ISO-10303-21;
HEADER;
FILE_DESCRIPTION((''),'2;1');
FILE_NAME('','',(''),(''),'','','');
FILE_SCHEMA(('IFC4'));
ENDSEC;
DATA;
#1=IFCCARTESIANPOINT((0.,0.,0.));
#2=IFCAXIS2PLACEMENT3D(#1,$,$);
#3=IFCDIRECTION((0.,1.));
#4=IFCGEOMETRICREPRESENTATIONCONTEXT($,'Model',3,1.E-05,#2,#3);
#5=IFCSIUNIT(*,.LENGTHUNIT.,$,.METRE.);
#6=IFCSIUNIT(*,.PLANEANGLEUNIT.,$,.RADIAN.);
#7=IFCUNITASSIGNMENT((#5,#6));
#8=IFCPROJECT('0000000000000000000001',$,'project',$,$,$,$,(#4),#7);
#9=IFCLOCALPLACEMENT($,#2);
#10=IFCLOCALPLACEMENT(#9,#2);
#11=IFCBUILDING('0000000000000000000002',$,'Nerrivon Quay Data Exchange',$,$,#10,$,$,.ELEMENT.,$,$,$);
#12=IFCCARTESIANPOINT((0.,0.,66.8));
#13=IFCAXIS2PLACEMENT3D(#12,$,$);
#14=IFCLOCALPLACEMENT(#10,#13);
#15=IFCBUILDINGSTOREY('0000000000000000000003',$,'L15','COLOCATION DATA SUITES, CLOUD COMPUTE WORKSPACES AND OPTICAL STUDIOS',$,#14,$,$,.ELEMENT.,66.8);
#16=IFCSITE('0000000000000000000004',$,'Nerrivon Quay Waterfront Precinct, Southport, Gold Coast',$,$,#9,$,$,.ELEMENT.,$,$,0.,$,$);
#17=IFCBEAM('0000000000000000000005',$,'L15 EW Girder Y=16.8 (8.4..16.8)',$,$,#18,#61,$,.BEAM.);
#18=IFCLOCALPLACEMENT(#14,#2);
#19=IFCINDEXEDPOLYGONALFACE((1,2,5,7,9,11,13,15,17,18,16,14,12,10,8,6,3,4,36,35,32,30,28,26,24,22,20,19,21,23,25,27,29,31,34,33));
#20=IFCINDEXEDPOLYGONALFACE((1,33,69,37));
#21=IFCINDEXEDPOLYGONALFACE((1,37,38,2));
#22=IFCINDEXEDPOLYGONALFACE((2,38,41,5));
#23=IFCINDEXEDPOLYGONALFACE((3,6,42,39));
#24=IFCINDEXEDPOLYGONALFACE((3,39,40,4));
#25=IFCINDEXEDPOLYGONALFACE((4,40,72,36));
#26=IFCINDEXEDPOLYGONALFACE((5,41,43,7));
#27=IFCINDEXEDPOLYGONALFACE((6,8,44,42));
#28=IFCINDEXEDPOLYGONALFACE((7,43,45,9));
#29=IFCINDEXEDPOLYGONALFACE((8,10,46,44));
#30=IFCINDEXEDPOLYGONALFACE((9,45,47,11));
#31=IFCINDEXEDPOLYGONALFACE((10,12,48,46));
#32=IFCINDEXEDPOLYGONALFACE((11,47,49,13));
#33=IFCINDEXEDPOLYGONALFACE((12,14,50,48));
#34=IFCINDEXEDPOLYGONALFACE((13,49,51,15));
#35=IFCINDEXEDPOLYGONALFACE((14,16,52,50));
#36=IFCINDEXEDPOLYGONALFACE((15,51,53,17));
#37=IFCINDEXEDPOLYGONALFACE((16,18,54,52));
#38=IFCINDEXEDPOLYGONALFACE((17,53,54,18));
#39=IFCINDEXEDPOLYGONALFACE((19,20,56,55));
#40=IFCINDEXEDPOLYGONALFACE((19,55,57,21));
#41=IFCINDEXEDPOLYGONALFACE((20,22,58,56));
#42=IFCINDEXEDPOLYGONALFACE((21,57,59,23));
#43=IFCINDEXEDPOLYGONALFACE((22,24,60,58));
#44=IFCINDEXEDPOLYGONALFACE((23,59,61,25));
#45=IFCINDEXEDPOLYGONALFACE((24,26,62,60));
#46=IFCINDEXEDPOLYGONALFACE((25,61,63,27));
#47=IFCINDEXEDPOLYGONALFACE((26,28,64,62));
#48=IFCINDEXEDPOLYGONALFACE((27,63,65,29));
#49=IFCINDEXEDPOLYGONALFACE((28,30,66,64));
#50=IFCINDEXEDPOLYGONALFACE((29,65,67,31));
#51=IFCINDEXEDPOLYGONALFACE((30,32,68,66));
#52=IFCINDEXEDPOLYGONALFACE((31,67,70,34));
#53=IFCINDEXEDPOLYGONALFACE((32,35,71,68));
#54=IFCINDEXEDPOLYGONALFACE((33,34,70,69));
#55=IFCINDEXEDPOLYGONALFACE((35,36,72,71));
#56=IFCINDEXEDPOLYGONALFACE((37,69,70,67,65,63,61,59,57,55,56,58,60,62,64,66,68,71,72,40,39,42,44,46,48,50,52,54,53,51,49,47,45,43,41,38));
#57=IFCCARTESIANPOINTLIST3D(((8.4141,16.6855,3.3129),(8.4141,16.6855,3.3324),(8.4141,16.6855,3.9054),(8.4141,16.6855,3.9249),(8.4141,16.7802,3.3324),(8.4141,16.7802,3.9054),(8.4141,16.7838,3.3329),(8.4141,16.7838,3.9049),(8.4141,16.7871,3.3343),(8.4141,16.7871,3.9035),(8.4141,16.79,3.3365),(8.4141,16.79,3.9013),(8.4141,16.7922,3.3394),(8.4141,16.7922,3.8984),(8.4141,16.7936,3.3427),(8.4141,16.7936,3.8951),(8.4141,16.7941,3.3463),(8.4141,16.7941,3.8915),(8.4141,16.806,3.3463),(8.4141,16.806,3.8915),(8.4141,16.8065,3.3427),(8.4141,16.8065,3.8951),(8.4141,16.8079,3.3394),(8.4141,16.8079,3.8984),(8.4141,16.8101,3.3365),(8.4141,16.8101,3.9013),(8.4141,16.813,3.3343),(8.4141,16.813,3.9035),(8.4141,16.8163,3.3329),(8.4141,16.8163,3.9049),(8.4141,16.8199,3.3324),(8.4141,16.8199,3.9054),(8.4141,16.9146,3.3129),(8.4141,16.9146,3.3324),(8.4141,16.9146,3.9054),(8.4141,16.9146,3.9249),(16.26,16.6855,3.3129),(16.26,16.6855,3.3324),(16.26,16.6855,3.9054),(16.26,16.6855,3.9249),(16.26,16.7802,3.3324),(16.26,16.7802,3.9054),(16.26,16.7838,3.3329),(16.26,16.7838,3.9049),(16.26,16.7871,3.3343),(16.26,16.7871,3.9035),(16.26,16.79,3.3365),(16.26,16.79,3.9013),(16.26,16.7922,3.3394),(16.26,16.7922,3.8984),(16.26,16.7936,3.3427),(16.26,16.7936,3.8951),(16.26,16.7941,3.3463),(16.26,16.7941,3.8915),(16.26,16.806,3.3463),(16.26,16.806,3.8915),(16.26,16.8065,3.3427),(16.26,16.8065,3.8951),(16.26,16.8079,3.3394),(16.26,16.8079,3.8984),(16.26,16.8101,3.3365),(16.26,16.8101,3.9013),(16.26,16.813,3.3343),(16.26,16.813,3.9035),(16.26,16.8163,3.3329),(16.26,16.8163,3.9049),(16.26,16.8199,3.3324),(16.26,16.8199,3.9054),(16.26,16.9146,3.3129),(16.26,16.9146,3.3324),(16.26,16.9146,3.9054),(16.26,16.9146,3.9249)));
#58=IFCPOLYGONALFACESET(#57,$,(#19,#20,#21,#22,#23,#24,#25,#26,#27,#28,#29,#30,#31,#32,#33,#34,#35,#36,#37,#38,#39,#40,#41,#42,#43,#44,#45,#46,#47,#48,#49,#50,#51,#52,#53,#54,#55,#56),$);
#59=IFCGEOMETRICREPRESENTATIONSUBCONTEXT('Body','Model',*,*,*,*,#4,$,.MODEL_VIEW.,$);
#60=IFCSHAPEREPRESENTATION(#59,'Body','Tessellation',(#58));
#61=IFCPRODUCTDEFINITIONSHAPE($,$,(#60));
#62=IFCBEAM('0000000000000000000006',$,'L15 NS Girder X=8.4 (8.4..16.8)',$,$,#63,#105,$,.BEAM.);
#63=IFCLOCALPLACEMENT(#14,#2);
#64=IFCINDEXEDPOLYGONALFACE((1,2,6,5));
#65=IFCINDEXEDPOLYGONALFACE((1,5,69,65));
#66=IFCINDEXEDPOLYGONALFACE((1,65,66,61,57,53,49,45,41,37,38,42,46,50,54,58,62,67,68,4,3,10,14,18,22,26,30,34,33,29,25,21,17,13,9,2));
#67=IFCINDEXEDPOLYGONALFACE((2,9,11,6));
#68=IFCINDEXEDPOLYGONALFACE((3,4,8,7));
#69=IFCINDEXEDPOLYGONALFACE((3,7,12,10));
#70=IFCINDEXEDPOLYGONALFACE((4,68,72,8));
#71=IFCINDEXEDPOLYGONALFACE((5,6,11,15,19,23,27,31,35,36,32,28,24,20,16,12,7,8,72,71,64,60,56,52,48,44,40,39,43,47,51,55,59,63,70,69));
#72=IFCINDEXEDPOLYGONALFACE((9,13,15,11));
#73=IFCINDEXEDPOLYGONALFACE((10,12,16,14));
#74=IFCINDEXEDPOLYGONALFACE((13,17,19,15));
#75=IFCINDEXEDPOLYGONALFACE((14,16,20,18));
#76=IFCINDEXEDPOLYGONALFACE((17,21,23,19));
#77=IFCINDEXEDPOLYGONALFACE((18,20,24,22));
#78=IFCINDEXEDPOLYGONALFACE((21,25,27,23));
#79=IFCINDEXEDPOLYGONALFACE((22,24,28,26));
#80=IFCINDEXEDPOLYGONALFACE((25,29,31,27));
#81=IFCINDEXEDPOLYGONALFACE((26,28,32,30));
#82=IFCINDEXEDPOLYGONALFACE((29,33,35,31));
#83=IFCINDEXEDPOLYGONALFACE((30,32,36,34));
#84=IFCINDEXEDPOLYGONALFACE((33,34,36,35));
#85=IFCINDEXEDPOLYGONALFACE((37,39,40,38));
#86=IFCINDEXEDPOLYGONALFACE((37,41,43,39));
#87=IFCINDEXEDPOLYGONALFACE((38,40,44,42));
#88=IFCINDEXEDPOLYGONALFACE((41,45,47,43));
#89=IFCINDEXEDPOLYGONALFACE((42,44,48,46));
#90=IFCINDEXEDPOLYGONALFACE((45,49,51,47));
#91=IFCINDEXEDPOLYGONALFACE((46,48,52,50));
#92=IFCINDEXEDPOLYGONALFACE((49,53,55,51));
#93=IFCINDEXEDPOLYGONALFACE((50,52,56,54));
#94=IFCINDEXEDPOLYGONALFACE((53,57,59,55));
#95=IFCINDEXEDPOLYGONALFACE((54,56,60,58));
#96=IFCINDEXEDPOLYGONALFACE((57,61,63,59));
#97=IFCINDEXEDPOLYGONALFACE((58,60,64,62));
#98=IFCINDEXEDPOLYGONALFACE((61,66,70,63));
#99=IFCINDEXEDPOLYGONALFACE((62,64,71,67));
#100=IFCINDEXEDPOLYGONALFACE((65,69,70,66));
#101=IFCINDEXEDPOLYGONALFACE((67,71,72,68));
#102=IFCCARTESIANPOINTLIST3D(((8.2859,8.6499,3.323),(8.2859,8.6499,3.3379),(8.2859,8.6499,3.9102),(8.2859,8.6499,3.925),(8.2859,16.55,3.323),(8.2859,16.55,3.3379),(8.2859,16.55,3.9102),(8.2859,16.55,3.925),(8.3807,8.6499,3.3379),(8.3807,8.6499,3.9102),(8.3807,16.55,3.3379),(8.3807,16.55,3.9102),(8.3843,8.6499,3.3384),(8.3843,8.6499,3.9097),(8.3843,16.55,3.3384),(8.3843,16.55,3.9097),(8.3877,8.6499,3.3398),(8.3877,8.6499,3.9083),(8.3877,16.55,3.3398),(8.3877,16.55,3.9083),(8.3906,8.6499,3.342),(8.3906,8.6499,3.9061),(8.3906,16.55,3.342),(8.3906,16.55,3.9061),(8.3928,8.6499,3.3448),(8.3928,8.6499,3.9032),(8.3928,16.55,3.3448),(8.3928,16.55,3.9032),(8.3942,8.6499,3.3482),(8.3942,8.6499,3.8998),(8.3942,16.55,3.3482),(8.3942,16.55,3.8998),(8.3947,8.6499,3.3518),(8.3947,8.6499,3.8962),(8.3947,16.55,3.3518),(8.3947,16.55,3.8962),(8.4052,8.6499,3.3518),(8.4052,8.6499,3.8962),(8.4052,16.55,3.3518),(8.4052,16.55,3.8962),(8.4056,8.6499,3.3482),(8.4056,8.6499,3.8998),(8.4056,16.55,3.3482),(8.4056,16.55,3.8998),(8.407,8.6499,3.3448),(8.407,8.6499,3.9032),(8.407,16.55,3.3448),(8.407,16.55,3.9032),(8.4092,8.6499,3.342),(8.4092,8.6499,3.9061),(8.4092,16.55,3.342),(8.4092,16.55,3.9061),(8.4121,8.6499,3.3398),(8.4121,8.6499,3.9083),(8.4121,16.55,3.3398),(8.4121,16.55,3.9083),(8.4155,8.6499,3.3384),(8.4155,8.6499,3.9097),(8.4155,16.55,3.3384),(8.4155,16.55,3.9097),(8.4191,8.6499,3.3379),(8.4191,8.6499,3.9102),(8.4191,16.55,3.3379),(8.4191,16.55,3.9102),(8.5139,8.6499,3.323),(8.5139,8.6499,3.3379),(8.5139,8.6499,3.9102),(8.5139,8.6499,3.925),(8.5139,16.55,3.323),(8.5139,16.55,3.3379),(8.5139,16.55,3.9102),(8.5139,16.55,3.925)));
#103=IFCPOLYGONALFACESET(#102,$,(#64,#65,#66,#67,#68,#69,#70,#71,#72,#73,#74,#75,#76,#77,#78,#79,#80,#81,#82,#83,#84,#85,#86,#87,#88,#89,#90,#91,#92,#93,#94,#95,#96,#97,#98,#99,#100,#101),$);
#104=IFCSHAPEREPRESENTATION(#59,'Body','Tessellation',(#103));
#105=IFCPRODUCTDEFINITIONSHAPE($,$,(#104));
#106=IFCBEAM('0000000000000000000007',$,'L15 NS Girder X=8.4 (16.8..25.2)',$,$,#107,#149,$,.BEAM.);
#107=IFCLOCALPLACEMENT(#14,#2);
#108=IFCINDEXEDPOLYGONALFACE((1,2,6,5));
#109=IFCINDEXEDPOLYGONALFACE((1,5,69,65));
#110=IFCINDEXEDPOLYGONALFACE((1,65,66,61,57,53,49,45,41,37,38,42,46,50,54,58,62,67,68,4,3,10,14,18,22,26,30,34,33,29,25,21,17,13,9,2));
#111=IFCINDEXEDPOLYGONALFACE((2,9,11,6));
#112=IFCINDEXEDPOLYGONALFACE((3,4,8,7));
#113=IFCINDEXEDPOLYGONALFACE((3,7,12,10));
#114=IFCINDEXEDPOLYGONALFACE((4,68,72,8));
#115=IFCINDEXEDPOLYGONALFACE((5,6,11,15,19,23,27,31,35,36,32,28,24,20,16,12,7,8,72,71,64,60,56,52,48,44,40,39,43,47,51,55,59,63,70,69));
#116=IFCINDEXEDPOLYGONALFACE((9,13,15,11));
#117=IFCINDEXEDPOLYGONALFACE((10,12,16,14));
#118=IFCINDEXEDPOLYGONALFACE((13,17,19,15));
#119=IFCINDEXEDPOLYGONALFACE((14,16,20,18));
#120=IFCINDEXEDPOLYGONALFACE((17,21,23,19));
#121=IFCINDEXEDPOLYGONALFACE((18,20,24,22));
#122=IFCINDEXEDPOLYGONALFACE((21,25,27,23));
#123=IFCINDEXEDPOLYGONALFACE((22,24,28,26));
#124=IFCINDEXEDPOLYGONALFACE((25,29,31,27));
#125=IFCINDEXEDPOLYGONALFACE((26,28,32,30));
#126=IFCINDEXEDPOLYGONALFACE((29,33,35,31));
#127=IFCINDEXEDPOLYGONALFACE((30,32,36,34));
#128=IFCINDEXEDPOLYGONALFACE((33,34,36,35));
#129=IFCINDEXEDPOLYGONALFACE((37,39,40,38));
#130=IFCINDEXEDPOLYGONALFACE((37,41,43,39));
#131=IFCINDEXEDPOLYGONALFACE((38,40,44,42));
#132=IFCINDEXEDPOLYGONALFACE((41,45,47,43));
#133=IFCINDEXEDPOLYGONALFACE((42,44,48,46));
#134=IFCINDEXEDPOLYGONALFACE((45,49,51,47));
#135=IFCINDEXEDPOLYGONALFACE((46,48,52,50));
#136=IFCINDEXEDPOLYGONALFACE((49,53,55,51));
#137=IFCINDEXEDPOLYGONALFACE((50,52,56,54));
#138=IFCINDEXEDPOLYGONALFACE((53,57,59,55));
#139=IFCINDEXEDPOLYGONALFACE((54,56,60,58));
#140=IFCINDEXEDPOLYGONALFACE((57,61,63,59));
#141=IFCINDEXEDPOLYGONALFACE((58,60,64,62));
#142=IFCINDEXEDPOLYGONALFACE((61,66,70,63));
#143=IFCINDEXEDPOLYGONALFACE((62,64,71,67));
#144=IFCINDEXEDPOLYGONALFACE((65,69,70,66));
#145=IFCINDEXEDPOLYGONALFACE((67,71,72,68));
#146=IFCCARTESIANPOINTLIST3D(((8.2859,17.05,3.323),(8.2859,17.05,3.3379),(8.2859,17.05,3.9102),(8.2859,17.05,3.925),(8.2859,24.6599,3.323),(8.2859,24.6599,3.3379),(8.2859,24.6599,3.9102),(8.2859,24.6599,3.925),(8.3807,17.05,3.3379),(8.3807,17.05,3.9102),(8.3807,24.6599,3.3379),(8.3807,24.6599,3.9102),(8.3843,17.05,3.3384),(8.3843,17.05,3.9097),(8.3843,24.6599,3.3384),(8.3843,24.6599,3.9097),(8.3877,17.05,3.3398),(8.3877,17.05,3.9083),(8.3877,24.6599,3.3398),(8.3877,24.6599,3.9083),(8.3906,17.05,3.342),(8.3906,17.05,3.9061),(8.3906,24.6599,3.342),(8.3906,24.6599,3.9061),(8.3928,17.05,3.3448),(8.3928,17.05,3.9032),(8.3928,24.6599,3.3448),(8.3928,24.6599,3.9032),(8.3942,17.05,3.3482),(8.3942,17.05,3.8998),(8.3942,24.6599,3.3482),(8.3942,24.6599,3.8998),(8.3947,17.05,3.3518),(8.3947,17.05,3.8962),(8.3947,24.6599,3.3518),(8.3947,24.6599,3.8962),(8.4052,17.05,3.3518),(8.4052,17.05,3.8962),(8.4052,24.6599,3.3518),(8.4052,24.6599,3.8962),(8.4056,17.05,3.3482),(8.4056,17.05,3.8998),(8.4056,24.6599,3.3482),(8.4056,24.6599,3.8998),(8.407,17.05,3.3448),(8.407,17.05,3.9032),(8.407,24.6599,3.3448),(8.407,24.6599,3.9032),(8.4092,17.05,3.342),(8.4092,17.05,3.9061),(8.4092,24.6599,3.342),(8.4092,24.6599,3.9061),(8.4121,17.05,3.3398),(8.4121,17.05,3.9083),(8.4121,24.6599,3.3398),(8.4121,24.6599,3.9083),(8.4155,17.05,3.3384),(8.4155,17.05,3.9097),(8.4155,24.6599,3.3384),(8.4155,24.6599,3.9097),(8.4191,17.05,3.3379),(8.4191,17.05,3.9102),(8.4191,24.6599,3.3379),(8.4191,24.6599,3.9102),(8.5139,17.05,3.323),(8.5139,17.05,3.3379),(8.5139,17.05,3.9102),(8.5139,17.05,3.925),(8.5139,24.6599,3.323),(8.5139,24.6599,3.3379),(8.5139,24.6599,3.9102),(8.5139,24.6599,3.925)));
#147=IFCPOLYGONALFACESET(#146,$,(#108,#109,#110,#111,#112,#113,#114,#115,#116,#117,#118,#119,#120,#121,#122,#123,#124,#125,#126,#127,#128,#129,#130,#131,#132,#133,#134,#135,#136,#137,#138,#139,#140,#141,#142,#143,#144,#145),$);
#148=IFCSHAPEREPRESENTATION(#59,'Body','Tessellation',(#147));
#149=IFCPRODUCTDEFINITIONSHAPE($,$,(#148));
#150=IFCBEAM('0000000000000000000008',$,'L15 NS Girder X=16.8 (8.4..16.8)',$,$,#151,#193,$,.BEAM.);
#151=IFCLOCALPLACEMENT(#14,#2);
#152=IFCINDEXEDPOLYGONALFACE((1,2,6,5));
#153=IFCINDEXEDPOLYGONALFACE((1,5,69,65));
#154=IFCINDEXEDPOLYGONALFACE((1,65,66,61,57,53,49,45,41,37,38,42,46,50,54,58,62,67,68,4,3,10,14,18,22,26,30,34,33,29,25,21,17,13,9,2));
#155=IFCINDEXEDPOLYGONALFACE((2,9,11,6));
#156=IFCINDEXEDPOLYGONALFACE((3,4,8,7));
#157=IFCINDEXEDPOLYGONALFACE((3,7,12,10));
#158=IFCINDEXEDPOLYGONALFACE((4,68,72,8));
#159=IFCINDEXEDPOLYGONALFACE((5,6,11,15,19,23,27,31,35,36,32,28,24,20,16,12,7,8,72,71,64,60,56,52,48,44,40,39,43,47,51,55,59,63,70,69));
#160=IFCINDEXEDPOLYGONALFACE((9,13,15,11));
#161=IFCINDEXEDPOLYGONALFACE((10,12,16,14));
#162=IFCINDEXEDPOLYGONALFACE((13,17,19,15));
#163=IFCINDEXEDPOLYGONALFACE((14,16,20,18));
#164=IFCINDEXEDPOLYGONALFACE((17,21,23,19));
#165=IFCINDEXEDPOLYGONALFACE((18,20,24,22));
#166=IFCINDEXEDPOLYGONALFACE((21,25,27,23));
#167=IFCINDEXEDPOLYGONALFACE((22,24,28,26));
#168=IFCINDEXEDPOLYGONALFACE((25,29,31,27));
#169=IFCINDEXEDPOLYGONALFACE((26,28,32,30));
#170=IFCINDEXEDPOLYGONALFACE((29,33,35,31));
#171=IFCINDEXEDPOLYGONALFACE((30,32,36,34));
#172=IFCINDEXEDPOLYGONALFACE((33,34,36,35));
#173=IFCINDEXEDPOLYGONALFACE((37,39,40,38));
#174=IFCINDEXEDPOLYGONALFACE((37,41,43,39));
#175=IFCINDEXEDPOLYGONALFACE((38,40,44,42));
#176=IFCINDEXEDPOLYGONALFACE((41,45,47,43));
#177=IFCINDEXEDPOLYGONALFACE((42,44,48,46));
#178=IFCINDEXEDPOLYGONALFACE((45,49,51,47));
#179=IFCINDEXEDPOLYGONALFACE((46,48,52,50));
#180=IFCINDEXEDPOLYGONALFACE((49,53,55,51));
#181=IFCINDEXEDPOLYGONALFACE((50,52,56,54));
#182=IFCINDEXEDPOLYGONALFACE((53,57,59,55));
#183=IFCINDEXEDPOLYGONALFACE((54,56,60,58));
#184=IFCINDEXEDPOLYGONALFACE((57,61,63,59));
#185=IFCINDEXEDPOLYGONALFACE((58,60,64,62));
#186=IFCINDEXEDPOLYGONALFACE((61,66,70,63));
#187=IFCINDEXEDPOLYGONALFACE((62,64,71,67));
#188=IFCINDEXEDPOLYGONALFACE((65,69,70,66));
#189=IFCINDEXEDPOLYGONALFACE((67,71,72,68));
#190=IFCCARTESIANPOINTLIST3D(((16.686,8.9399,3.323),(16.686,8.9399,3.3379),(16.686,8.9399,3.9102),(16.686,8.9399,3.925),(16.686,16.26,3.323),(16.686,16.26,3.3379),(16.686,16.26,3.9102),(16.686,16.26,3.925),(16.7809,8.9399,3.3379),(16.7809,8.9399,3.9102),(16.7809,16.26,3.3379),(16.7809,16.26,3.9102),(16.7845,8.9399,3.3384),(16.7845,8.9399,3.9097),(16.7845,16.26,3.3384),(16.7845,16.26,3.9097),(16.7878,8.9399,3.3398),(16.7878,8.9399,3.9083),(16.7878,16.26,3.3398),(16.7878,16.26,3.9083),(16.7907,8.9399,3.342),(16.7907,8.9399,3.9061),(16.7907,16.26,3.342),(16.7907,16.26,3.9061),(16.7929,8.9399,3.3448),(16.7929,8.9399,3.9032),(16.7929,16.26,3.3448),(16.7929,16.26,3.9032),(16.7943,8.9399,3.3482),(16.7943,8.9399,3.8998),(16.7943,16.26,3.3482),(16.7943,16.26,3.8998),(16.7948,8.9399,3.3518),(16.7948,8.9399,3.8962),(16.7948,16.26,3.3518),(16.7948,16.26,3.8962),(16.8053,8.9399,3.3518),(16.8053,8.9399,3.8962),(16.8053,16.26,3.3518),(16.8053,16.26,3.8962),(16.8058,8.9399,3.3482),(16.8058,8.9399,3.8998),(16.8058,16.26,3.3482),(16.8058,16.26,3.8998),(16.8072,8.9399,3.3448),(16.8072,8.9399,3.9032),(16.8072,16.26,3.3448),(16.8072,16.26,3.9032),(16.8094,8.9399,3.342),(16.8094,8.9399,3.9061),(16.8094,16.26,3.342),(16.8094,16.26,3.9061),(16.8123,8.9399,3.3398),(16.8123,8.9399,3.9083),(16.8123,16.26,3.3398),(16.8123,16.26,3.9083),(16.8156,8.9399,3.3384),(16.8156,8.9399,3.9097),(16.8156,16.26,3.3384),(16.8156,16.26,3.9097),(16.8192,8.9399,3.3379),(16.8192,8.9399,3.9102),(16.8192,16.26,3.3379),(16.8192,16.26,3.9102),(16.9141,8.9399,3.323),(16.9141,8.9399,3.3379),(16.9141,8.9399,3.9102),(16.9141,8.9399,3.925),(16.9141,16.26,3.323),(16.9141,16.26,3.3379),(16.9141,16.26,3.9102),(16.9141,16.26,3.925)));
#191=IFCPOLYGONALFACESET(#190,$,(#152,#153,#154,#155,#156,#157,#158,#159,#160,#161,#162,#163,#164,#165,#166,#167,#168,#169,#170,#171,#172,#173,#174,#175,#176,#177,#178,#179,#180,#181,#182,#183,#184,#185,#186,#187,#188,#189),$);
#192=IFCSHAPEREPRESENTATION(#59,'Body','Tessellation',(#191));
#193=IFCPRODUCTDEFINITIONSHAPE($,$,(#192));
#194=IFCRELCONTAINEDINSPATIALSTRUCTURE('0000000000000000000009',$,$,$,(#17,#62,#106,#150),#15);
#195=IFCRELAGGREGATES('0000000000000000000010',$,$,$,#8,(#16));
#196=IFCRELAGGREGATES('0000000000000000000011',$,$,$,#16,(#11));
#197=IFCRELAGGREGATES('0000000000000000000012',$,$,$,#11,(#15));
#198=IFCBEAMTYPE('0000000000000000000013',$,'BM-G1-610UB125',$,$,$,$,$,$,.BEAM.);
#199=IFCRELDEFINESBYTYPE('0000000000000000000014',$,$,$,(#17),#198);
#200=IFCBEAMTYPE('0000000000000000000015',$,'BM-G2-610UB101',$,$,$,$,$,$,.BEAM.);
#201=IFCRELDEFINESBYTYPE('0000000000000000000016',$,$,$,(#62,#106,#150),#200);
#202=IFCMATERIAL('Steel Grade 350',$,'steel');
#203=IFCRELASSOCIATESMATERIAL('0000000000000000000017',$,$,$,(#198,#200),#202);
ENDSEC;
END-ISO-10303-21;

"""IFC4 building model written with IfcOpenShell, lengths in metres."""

from ifc_helpers import new_model, si_unit, direction, frame, origin, origin_2d, place, context, subcontext, project, spatial, i_section, extrude, material, material_profile, profile_set, type_object, element, save


model = new_model("IFC4")

# Units and contexts
model_context = context("Model", 3, precision=1e-05, world=origin(), true_north=direction((0.0, 1.0)))
body_context = subcontext(model_context, "Body", "Model", "MODEL_VIEW")
ifc_project = project(units=[si_unit("LENGTHUNIT", "METRE"), si_unit("PLANEANGLEUNIT", "RADIAN")], contexts=[model_context])

# Site, building, storey
site_placement = place(None, origin())
site = spatial("IfcSite", under=ifc_project, at=site_placement, Name="Nerrivon Quay Waterfront Precinct, Southport, Gold Coast", CompositionType="ELEMENT", RefElevation=0.0)
building_placement = place(site_placement, origin())
building = spatial("IfcBuilding", under=site, at=building_placement, Name="Nerrivon Quay Data Exchange", CompositionType="ELEMENT")
storey_placement = place(building_placement, frame((0.0, 0.0, 66.8)))
storey = spatial("IfcBuildingStorey", under=building, at=storey_placement, Name="L15", Description="COLOCATION DATA SUITES, CLOUD COMPUTE WORKSPACES AND OPTICAL STUDIOS", CompositionType="ELEMENT", Elevation=66.8)

# Shared definitions
ifc_material_1 = material(Name="Steel Grade 350", Category="steel")

# Beams
ifc_material_profile_1 = material_profile(ifc_material_1, i_section(OverallWidth=0.229, OverallDepth=0.6121, WebThickness=0.012, FlangeThickness=0.0195, FilletRadius=0.0139, at=origin_2d()), Name="610UB125")
ifc_profile_set_1 = profile_set([ifc_material_profile_1], Name="Steel Grade 350")
beam_type_1 = type_object("IfcBeamType", Name="BM-G1-610UB125", PredefinedType="BEAM", material=ifc_profile_set_1)
beam_1_placement = place(storey_placement, frame((8.4141, 16.8, 3.6189), z_axis=(1.0, 0.0, 0.0), x_axis=(0.0, 1.0, 0.0)))
element("IfcBeam", 1, at=beam_1_placement, inside=storey, type_object=beam_type_1, Name="L15 EW Girder Y=16.8 (8.4..16.8)", PredefinedType="BEAM", context=body_context, shape_type="SweptSolid", body=[
    extrude(i_section(OverallWidth=0.229, OverallDepth=0.6121, WebThickness=0.012, FlangeThickness=0.0195, FilletRadius=0.0139, at=origin_2d()), origin(), (0.0, 0.0, 1.0), 7.8459),
])
ifc_material_profile_2 = material_profile(ifc_material_1, i_section(OverallWidth=0.228, OverallDepth=0.6021, WebThickness=0.0105, FlangeThickness=0.0149, FilletRadius=0.0139, at=origin_2d()), Name="610UB101")
ifc_profile_set_2 = profile_set([ifc_material_profile_2], Name="Steel Grade 350")
beam_type_2 = type_object("IfcBeamType", Name="BM-G2-610UB101", PredefinedType="BEAM", material=ifc_profile_set_2)
beam_2_placement = place(storey_placement, frame((8.3999, 8.6499, 3.624), z_axis=(0.0, 1.0, 0.0), x_axis=(-1.0, 0.0, 0.0)))
element("IfcBeam", 2, at=beam_2_placement, inside=storey, type_object=beam_type_2, Name="L15 NS Girder X=8.4 (8.4..16.8)", PredefinedType="BEAM", context=body_context, shape_type="SweptSolid", body=[
    extrude(i_section(OverallWidth=0.228, OverallDepth=0.6021, WebThickness=0.0105, FlangeThickness=0.0149, FilletRadius=0.0139, at=origin_2d()), origin(), (0.0, 0.0, 1.0), 7.9001),
])
beam_3_placement = place(storey_placement, frame((8.3999, 17.05, 3.624), z_axis=(0.0, 1.0, 0.0), x_axis=(-1.0, 0.0, 0.0)))
element("IfcBeam", 3, at=beam_3_placement, inside=storey, type_object=beam_type_2, Name="L15 NS Girder X=8.4 (16.8..25.2)", PredefinedType="BEAM", context=body_context, shape_type="SweptSolid", body=[
    extrude(i_section(OverallWidth=0.228, OverallDepth=0.6021, WebThickness=0.0105, FlangeThickness=0.0149, FilletRadius=0.0139, at=origin_2d()), origin(), (0.0, 0.0, 1.0), 7.6099),
])
beam_4_placement = place(storey_placement, frame((16.8, 8.9399, 3.624), z_axis=(0.0, 1.0, 0.0), x_axis=(-1.0, 0.0, 0.0)))
element("IfcBeam", 4, at=beam_4_placement, inside=storey, type_object=beam_type_2, Name="L15 NS Girder X=16.8 (8.4..16.8)", PredefinedType="BEAM", context=body_context, shape_type="SweptSolid", body=[
    extrude(i_section(OverallWidth=0.228, OverallDepth=0.6021, WebThickness=0.0105, FlangeThickness=0.0149, FilletRadius=0.0139, at=origin_2d()), origin(), (0.0, 0.0, 1.0), 7.3201),
])

save(model, "model.ifc")
